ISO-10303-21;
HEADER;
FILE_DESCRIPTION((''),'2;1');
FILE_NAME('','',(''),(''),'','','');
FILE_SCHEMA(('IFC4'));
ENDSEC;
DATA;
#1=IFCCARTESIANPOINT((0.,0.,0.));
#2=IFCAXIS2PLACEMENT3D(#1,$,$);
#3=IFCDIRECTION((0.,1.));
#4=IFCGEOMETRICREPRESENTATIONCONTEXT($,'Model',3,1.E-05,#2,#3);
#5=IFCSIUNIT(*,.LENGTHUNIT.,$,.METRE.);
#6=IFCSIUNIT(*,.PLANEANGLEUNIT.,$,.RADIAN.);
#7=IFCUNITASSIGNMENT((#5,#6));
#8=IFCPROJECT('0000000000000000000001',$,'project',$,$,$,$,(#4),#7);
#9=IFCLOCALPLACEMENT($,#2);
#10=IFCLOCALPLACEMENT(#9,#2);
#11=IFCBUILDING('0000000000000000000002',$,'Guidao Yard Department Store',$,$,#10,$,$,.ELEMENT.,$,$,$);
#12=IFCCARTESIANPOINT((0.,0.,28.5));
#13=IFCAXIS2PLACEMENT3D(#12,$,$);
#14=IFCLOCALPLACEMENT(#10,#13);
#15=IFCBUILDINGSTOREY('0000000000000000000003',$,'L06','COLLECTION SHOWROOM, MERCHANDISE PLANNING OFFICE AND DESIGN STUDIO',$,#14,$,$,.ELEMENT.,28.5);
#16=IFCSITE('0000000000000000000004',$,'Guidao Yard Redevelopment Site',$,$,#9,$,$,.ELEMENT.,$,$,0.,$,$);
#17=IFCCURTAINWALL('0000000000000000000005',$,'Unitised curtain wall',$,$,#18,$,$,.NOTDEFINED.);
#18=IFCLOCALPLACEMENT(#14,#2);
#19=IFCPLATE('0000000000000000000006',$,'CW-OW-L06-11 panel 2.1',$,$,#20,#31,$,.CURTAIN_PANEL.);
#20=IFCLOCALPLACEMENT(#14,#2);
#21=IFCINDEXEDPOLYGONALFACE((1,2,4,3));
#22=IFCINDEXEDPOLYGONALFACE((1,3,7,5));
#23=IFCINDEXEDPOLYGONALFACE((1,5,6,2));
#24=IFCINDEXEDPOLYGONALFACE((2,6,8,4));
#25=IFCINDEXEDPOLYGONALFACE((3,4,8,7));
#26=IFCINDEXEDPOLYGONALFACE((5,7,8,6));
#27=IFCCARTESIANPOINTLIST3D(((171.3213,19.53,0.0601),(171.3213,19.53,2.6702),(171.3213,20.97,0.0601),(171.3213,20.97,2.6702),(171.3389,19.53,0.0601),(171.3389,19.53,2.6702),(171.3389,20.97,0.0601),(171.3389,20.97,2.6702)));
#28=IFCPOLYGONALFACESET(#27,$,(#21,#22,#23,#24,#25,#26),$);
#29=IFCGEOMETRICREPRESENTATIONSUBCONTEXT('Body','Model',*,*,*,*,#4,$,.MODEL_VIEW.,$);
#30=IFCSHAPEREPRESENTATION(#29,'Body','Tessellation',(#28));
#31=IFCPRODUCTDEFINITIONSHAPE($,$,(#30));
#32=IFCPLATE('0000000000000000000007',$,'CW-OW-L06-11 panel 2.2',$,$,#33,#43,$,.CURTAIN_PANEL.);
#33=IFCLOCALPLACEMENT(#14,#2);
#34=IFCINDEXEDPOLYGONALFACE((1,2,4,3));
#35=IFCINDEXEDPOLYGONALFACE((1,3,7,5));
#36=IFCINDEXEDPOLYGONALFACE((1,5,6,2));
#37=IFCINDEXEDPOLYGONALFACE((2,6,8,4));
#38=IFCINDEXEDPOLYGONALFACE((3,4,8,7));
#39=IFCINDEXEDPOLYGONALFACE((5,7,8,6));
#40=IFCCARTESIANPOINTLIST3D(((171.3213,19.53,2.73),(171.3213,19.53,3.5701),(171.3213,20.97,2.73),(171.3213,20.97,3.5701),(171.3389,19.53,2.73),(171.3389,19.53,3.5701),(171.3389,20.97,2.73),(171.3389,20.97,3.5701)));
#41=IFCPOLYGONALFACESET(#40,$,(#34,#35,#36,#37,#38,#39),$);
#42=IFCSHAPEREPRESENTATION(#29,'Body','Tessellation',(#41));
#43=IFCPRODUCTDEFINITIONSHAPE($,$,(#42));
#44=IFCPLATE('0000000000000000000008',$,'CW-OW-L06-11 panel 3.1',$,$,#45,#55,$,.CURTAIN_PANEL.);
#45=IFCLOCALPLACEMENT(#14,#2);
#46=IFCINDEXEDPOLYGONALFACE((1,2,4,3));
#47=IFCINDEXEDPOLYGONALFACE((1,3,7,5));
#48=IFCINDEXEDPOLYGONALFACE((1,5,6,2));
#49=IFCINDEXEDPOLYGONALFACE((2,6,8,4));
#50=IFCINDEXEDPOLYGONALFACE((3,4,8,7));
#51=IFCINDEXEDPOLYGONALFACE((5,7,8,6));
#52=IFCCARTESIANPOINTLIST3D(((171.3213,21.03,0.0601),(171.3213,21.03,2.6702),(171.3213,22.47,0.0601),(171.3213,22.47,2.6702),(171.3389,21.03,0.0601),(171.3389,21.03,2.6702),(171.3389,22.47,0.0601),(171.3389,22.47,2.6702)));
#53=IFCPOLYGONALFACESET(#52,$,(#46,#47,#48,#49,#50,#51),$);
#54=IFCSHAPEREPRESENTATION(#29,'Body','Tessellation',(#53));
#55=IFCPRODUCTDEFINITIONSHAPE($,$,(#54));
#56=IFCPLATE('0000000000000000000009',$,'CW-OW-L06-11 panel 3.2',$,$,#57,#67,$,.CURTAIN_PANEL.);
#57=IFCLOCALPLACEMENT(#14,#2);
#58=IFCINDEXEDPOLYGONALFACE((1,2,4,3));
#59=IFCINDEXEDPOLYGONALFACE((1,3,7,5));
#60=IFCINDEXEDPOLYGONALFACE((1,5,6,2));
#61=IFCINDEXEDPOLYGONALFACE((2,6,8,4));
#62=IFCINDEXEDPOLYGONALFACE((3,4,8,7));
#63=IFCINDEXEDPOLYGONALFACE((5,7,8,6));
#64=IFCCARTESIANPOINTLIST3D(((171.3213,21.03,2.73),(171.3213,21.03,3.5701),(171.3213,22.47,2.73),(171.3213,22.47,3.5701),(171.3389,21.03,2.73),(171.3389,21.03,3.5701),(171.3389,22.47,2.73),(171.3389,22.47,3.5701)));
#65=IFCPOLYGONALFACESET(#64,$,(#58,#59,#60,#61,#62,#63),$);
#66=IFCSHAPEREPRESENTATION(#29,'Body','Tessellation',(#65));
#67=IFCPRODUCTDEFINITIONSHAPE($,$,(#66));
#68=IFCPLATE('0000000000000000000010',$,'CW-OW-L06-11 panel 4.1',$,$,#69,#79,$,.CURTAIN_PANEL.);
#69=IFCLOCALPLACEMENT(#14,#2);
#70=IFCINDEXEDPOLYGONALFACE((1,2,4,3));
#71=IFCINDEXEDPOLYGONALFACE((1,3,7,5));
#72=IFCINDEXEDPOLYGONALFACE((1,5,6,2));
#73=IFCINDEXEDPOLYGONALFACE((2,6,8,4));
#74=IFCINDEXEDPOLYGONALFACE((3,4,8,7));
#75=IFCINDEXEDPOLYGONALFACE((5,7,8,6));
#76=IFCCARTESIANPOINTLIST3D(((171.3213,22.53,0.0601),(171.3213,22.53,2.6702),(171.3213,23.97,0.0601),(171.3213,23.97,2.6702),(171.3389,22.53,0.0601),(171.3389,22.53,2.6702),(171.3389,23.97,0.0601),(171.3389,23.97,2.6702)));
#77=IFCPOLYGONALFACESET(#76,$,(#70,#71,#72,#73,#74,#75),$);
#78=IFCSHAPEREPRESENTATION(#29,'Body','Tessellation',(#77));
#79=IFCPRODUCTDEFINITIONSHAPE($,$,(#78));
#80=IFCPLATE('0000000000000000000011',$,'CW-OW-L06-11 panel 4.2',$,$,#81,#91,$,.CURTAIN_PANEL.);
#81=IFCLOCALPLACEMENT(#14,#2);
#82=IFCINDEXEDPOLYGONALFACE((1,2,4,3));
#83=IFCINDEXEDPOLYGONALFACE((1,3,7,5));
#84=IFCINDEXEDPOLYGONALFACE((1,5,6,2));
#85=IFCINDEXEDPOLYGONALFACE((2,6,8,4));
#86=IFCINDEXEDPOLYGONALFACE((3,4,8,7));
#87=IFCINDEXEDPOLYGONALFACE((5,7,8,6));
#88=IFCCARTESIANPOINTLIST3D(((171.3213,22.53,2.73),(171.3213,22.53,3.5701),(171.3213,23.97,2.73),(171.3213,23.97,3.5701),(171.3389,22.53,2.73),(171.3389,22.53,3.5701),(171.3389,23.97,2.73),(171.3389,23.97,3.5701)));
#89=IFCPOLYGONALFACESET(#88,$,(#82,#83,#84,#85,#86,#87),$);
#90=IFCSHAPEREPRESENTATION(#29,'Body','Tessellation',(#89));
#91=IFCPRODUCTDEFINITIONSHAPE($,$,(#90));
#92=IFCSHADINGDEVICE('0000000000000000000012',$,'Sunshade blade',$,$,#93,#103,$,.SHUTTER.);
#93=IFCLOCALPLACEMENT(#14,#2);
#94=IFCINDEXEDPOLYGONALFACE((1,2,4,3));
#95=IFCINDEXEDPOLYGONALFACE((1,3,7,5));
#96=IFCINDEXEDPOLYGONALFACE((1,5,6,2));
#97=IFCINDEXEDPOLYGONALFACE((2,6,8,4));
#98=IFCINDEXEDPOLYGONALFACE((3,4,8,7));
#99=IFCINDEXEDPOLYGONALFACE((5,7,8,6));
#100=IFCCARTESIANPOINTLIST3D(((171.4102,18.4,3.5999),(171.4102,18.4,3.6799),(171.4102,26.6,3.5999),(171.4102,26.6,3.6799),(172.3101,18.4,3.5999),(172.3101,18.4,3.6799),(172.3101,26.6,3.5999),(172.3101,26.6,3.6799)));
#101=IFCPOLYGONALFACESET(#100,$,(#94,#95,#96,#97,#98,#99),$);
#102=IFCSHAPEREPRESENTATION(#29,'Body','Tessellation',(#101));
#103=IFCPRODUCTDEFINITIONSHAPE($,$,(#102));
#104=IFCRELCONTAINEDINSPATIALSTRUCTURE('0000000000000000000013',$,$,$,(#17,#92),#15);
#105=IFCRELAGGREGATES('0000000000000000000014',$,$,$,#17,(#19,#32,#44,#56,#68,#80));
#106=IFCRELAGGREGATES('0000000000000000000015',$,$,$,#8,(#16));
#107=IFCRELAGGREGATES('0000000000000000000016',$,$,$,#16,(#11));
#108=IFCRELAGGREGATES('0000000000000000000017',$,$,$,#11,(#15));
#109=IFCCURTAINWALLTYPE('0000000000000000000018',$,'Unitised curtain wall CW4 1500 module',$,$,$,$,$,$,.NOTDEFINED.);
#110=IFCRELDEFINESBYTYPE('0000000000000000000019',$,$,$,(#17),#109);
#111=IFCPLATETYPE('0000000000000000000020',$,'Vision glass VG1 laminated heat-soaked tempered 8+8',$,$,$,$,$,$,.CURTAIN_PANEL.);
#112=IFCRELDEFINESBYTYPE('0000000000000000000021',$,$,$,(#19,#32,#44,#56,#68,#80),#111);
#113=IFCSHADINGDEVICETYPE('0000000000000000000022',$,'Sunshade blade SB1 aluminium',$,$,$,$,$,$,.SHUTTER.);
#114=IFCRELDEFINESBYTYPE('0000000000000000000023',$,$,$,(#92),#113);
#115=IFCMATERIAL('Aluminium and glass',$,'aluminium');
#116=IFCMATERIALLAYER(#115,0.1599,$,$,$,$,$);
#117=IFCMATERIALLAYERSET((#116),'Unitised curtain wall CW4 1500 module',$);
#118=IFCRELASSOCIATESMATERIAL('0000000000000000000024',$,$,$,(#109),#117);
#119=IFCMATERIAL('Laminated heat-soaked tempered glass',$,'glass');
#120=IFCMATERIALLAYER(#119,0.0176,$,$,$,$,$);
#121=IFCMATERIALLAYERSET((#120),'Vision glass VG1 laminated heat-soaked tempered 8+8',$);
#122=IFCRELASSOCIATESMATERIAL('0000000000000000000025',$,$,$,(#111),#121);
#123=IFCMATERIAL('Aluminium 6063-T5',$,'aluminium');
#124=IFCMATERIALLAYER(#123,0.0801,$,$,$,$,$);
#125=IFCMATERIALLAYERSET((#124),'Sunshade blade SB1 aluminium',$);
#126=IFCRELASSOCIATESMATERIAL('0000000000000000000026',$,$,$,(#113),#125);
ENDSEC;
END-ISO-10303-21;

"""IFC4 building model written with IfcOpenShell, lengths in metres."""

from ifc_helpers import new_model, si_unit, direction, frame, origin, origin_2d, place, context, subcontext, project, spatial, rectangle, extrude, material, layer, layer_set, type_object, element, aggregate, save


model = new_model("IFC4")

# Units and contexts
model_context = context("Model", 3, precision=1e-05, world=origin(), true_north=direction((0.0, 1.0)))
body_context = subcontext(model_context, "Body", "Model", "MODEL_VIEW")
ifc_project = project(units=[si_unit("LENGTHUNIT", "METRE"), si_unit("PLANEANGLEUNIT", "RADIAN")], contexts=[model_context])

# Site, building, storey
site_placement = place(None, origin())
site = spatial("IfcSite", under=ifc_project, at=site_placement, Name="Guidao Yard Redevelopment Site", CompositionType="ELEMENT", RefElevation=0.0)
building_placement = place(site_placement, origin())
building = spatial("IfcBuilding", under=site, at=building_placement, Name="Guidao Yard Department Store", CompositionType="ELEMENT")
storey_placement = place(building_placement, frame((0.0, 0.0, 28.5)))
storey = spatial("IfcBuildingStorey", under=building, at=storey_placement, Name="L06", Description="COLLECTION SHOWROOM, MERCHANDISE PLANNING OFFICE AND DESIGN STUDIO", CompositionType="ELEMENT", Elevation=28.5)

# Curtain wall, plates
ifc_material_1 = material(Name="Aluminium and glass", Category="aluminium")
ifc_layer_1 = layer(ifc_material_1, 0.1599)
ifc_layer_set_1 = layer_set([ifc_layer_1], Name="Unitised curtain wall CW4 1500 module")
curtain_wall_type = type_object("IfcCurtainWallType", Name="Unitised curtain wall CW4 1500 module", PredefinedType="NOTDEFINED", material=ifc_layer_set_1)
curtain_wall_placement = place(storey_placement, origin())
curtain_wall = element("IfcCurtainWall", 1, at=curtain_wall_placement, inside=storey, type_object=curtain_wall_type, Name="Unitised curtain wall", PredefinedType="NOTDEFINED")
ifc_material_2 = material(Name="Laminated heat-soaked tempered glass", Category="glass")
ifc_layer_2 = layer(ifc_material_2, 0.0176)
ifc_layer_set_2 = layer_set([ifc_layer_2], Name="Vision glass VG1 laminated heat-soaked tempered 8+8")
plate_type_1 = type_object("IfcPlateType", Name="Vision glass VG1 laminated heat-soaked tempered 8+8", PredefinedType="CURTAIN_PANEL", material=ifc_layer_set_2)
plate_1_placement = place(storey_placement, frame((171.3301, 20.25, 0.0601), z_axis=(0.0, 0.0, 1.0), x_axis=(0.0, -1.0, 0.0)))
plate_1 = element("IfcPlate", 2, at=plate_1_placement, type_object=plate_type_1, Name="CW-OW-L06-11 panel 2.1", PredefinedType="CURTAIN_PANEL", context=body_context, shape_type="SweptSolid", body=[
    extrude(rectangle(XDim=1.4399, YDim=0.0176, at=origin_2d()), origin(), (0.0, 0.0, 1.0), 2.6101),
])
plate_2_placement = place(storey_placement, frame((171.3301, 20.25, 2.73), z_axis=(0.0, 0.0, 1.0), x_axis=(0.0, -1.0, 0.0)))
plate_2 = element("IfcPlate", 3, at=plate_2_placement, type_object=plate_type_1, Name="CW-OW-L06-11 panel 2.2", PredefinedType="CURTAIN_PANEL", context=body_context, shape_type="SweptSolid", body=[
    extrude(rectangle(XDim=1.4399, YDim=0.0176, at=origin_2d()), origin(), (0.0, 0.0, 1.0), 0.8401),
])
plate_3_placement = place(storey_placement, frame((171.3301, 21.75, 0.0601), z_axis=(0.0, 0.0, 1.0), x_axis=(0.0, -1.0, 0.0)))
plate_3 = element("IfcPlate", 4, at=plate_3_placement, type_object=plate_type_1, Name="CW-OW-L06-11 panel 3.1", PredefinedType="CURTAIN_PANEL", context=body_context, shape_type="SweptSolid", body=[
    extrude(rectangle(XDim=1.4399, YDim=0.0176, at=origin_2d()), origin(), (0.0, 0.0, 1.0), 2.6101),
])
plate_4_placement = place(storey_placement, frame((171.3301, 21.75, 2.73), z_axis=(0.0, 0.0, 1.0), x_axis=(0.0, -1.0, 0.0)))
plate_4 = element("IfcPlate", 5, at=plate_4_placement, type_object=plate_type_1, Name="CW-OW-L06-11 panel 3.2", PredefinedType="CURTAIN_PANEL", context=body_context, shape_type="SweptSolid", body=[
    extrude(rectangle(XDim=1.4399, YDim=0.0176, at=origin_2d()), origin(), (0.0, 0.0, 1.0), 0.8401),
])
plate_5_placement = place(storey_placement, frame((171.3301, 23.25, 0.0601), z_axis=(0.0, 0.0, 1.0), x_axis=(0.0, -1.0, 0.0)))
plate_5 = element("IfcPlate", 6, at=plate_5_placement, type_object=plate_type_1, Name="CW-OW-L06-11 panel 4.1", PredefinedType="CURTAIN_PANEL", context=body_context, shape_type="SweptSolid", body=[
    extrude(rectangle(XDim=1.4399, YDim=0.0176, at=origin_2d()), origin(), (0.0, 0.0, 1.0), 2.6101),
])
plate_6_placement = place(storey_placement, frame((171.3301, 23.25, 2.73), z_axis=(0.0, 0.0, 1.0), x_axis=(0.0, -1.0, 0.0)))
plate_6 = element("IfcPlate", 7, at=plate_6_placement, type_object=plate_type_1, Name="CW-OW-L06-11 panel 4.2", PredefinedType="CURTAIN_PANEL", context=body_context, shape_type="SweptSolid", body=[
    extrude(rectangle(XDim=1.4399, YDim=0.0176, at=origin_2d()), origin(), (0.0, 0.0, 1.0), 0.8401),
])
aggregate(curtain_wall, [plate_1, plate_2, plate_3, plate_4, plate_5, plate_6])

# Shading device
ifc_material_3 = material(Name="Aluminium 6063-T5", Category="aluminium")
ifc_layer_3 = layer(ifc_material_3, 0.0801)
ifc_layer_set_3 = layer_set([ifc_layer_3], Name="Sunshade blade SB1 aluminium")
shading_device_type = type_object("IfcShadingDeviceType", Name="Sunshade blade SB1 aluminium", PredefinedType="SHUTTER", material=ifc_layer_set_3)
shading_device_placement = place(storey_placement, frame((171.8601, 22.5, 3.5999), z_axis=(0.0, 0.0, 1.0), x_axis=(0.0, -1.0, 0.0)))
element("IfcShadingDevice", 8, at=shading_device_placement, inside=storey, type_object=shading_device_type, Name="Sunshade blade", PredefinedType="SHUTTER", context=body_context, shape_type="SweptSolid", body=[
    extrude(rectangle(XDim=8.2, YDim=0.8999, at=origin_2d()), origin(), (0.0, 0.0, 1.0), 0.0801),
])

save(model, "model.ifc")
